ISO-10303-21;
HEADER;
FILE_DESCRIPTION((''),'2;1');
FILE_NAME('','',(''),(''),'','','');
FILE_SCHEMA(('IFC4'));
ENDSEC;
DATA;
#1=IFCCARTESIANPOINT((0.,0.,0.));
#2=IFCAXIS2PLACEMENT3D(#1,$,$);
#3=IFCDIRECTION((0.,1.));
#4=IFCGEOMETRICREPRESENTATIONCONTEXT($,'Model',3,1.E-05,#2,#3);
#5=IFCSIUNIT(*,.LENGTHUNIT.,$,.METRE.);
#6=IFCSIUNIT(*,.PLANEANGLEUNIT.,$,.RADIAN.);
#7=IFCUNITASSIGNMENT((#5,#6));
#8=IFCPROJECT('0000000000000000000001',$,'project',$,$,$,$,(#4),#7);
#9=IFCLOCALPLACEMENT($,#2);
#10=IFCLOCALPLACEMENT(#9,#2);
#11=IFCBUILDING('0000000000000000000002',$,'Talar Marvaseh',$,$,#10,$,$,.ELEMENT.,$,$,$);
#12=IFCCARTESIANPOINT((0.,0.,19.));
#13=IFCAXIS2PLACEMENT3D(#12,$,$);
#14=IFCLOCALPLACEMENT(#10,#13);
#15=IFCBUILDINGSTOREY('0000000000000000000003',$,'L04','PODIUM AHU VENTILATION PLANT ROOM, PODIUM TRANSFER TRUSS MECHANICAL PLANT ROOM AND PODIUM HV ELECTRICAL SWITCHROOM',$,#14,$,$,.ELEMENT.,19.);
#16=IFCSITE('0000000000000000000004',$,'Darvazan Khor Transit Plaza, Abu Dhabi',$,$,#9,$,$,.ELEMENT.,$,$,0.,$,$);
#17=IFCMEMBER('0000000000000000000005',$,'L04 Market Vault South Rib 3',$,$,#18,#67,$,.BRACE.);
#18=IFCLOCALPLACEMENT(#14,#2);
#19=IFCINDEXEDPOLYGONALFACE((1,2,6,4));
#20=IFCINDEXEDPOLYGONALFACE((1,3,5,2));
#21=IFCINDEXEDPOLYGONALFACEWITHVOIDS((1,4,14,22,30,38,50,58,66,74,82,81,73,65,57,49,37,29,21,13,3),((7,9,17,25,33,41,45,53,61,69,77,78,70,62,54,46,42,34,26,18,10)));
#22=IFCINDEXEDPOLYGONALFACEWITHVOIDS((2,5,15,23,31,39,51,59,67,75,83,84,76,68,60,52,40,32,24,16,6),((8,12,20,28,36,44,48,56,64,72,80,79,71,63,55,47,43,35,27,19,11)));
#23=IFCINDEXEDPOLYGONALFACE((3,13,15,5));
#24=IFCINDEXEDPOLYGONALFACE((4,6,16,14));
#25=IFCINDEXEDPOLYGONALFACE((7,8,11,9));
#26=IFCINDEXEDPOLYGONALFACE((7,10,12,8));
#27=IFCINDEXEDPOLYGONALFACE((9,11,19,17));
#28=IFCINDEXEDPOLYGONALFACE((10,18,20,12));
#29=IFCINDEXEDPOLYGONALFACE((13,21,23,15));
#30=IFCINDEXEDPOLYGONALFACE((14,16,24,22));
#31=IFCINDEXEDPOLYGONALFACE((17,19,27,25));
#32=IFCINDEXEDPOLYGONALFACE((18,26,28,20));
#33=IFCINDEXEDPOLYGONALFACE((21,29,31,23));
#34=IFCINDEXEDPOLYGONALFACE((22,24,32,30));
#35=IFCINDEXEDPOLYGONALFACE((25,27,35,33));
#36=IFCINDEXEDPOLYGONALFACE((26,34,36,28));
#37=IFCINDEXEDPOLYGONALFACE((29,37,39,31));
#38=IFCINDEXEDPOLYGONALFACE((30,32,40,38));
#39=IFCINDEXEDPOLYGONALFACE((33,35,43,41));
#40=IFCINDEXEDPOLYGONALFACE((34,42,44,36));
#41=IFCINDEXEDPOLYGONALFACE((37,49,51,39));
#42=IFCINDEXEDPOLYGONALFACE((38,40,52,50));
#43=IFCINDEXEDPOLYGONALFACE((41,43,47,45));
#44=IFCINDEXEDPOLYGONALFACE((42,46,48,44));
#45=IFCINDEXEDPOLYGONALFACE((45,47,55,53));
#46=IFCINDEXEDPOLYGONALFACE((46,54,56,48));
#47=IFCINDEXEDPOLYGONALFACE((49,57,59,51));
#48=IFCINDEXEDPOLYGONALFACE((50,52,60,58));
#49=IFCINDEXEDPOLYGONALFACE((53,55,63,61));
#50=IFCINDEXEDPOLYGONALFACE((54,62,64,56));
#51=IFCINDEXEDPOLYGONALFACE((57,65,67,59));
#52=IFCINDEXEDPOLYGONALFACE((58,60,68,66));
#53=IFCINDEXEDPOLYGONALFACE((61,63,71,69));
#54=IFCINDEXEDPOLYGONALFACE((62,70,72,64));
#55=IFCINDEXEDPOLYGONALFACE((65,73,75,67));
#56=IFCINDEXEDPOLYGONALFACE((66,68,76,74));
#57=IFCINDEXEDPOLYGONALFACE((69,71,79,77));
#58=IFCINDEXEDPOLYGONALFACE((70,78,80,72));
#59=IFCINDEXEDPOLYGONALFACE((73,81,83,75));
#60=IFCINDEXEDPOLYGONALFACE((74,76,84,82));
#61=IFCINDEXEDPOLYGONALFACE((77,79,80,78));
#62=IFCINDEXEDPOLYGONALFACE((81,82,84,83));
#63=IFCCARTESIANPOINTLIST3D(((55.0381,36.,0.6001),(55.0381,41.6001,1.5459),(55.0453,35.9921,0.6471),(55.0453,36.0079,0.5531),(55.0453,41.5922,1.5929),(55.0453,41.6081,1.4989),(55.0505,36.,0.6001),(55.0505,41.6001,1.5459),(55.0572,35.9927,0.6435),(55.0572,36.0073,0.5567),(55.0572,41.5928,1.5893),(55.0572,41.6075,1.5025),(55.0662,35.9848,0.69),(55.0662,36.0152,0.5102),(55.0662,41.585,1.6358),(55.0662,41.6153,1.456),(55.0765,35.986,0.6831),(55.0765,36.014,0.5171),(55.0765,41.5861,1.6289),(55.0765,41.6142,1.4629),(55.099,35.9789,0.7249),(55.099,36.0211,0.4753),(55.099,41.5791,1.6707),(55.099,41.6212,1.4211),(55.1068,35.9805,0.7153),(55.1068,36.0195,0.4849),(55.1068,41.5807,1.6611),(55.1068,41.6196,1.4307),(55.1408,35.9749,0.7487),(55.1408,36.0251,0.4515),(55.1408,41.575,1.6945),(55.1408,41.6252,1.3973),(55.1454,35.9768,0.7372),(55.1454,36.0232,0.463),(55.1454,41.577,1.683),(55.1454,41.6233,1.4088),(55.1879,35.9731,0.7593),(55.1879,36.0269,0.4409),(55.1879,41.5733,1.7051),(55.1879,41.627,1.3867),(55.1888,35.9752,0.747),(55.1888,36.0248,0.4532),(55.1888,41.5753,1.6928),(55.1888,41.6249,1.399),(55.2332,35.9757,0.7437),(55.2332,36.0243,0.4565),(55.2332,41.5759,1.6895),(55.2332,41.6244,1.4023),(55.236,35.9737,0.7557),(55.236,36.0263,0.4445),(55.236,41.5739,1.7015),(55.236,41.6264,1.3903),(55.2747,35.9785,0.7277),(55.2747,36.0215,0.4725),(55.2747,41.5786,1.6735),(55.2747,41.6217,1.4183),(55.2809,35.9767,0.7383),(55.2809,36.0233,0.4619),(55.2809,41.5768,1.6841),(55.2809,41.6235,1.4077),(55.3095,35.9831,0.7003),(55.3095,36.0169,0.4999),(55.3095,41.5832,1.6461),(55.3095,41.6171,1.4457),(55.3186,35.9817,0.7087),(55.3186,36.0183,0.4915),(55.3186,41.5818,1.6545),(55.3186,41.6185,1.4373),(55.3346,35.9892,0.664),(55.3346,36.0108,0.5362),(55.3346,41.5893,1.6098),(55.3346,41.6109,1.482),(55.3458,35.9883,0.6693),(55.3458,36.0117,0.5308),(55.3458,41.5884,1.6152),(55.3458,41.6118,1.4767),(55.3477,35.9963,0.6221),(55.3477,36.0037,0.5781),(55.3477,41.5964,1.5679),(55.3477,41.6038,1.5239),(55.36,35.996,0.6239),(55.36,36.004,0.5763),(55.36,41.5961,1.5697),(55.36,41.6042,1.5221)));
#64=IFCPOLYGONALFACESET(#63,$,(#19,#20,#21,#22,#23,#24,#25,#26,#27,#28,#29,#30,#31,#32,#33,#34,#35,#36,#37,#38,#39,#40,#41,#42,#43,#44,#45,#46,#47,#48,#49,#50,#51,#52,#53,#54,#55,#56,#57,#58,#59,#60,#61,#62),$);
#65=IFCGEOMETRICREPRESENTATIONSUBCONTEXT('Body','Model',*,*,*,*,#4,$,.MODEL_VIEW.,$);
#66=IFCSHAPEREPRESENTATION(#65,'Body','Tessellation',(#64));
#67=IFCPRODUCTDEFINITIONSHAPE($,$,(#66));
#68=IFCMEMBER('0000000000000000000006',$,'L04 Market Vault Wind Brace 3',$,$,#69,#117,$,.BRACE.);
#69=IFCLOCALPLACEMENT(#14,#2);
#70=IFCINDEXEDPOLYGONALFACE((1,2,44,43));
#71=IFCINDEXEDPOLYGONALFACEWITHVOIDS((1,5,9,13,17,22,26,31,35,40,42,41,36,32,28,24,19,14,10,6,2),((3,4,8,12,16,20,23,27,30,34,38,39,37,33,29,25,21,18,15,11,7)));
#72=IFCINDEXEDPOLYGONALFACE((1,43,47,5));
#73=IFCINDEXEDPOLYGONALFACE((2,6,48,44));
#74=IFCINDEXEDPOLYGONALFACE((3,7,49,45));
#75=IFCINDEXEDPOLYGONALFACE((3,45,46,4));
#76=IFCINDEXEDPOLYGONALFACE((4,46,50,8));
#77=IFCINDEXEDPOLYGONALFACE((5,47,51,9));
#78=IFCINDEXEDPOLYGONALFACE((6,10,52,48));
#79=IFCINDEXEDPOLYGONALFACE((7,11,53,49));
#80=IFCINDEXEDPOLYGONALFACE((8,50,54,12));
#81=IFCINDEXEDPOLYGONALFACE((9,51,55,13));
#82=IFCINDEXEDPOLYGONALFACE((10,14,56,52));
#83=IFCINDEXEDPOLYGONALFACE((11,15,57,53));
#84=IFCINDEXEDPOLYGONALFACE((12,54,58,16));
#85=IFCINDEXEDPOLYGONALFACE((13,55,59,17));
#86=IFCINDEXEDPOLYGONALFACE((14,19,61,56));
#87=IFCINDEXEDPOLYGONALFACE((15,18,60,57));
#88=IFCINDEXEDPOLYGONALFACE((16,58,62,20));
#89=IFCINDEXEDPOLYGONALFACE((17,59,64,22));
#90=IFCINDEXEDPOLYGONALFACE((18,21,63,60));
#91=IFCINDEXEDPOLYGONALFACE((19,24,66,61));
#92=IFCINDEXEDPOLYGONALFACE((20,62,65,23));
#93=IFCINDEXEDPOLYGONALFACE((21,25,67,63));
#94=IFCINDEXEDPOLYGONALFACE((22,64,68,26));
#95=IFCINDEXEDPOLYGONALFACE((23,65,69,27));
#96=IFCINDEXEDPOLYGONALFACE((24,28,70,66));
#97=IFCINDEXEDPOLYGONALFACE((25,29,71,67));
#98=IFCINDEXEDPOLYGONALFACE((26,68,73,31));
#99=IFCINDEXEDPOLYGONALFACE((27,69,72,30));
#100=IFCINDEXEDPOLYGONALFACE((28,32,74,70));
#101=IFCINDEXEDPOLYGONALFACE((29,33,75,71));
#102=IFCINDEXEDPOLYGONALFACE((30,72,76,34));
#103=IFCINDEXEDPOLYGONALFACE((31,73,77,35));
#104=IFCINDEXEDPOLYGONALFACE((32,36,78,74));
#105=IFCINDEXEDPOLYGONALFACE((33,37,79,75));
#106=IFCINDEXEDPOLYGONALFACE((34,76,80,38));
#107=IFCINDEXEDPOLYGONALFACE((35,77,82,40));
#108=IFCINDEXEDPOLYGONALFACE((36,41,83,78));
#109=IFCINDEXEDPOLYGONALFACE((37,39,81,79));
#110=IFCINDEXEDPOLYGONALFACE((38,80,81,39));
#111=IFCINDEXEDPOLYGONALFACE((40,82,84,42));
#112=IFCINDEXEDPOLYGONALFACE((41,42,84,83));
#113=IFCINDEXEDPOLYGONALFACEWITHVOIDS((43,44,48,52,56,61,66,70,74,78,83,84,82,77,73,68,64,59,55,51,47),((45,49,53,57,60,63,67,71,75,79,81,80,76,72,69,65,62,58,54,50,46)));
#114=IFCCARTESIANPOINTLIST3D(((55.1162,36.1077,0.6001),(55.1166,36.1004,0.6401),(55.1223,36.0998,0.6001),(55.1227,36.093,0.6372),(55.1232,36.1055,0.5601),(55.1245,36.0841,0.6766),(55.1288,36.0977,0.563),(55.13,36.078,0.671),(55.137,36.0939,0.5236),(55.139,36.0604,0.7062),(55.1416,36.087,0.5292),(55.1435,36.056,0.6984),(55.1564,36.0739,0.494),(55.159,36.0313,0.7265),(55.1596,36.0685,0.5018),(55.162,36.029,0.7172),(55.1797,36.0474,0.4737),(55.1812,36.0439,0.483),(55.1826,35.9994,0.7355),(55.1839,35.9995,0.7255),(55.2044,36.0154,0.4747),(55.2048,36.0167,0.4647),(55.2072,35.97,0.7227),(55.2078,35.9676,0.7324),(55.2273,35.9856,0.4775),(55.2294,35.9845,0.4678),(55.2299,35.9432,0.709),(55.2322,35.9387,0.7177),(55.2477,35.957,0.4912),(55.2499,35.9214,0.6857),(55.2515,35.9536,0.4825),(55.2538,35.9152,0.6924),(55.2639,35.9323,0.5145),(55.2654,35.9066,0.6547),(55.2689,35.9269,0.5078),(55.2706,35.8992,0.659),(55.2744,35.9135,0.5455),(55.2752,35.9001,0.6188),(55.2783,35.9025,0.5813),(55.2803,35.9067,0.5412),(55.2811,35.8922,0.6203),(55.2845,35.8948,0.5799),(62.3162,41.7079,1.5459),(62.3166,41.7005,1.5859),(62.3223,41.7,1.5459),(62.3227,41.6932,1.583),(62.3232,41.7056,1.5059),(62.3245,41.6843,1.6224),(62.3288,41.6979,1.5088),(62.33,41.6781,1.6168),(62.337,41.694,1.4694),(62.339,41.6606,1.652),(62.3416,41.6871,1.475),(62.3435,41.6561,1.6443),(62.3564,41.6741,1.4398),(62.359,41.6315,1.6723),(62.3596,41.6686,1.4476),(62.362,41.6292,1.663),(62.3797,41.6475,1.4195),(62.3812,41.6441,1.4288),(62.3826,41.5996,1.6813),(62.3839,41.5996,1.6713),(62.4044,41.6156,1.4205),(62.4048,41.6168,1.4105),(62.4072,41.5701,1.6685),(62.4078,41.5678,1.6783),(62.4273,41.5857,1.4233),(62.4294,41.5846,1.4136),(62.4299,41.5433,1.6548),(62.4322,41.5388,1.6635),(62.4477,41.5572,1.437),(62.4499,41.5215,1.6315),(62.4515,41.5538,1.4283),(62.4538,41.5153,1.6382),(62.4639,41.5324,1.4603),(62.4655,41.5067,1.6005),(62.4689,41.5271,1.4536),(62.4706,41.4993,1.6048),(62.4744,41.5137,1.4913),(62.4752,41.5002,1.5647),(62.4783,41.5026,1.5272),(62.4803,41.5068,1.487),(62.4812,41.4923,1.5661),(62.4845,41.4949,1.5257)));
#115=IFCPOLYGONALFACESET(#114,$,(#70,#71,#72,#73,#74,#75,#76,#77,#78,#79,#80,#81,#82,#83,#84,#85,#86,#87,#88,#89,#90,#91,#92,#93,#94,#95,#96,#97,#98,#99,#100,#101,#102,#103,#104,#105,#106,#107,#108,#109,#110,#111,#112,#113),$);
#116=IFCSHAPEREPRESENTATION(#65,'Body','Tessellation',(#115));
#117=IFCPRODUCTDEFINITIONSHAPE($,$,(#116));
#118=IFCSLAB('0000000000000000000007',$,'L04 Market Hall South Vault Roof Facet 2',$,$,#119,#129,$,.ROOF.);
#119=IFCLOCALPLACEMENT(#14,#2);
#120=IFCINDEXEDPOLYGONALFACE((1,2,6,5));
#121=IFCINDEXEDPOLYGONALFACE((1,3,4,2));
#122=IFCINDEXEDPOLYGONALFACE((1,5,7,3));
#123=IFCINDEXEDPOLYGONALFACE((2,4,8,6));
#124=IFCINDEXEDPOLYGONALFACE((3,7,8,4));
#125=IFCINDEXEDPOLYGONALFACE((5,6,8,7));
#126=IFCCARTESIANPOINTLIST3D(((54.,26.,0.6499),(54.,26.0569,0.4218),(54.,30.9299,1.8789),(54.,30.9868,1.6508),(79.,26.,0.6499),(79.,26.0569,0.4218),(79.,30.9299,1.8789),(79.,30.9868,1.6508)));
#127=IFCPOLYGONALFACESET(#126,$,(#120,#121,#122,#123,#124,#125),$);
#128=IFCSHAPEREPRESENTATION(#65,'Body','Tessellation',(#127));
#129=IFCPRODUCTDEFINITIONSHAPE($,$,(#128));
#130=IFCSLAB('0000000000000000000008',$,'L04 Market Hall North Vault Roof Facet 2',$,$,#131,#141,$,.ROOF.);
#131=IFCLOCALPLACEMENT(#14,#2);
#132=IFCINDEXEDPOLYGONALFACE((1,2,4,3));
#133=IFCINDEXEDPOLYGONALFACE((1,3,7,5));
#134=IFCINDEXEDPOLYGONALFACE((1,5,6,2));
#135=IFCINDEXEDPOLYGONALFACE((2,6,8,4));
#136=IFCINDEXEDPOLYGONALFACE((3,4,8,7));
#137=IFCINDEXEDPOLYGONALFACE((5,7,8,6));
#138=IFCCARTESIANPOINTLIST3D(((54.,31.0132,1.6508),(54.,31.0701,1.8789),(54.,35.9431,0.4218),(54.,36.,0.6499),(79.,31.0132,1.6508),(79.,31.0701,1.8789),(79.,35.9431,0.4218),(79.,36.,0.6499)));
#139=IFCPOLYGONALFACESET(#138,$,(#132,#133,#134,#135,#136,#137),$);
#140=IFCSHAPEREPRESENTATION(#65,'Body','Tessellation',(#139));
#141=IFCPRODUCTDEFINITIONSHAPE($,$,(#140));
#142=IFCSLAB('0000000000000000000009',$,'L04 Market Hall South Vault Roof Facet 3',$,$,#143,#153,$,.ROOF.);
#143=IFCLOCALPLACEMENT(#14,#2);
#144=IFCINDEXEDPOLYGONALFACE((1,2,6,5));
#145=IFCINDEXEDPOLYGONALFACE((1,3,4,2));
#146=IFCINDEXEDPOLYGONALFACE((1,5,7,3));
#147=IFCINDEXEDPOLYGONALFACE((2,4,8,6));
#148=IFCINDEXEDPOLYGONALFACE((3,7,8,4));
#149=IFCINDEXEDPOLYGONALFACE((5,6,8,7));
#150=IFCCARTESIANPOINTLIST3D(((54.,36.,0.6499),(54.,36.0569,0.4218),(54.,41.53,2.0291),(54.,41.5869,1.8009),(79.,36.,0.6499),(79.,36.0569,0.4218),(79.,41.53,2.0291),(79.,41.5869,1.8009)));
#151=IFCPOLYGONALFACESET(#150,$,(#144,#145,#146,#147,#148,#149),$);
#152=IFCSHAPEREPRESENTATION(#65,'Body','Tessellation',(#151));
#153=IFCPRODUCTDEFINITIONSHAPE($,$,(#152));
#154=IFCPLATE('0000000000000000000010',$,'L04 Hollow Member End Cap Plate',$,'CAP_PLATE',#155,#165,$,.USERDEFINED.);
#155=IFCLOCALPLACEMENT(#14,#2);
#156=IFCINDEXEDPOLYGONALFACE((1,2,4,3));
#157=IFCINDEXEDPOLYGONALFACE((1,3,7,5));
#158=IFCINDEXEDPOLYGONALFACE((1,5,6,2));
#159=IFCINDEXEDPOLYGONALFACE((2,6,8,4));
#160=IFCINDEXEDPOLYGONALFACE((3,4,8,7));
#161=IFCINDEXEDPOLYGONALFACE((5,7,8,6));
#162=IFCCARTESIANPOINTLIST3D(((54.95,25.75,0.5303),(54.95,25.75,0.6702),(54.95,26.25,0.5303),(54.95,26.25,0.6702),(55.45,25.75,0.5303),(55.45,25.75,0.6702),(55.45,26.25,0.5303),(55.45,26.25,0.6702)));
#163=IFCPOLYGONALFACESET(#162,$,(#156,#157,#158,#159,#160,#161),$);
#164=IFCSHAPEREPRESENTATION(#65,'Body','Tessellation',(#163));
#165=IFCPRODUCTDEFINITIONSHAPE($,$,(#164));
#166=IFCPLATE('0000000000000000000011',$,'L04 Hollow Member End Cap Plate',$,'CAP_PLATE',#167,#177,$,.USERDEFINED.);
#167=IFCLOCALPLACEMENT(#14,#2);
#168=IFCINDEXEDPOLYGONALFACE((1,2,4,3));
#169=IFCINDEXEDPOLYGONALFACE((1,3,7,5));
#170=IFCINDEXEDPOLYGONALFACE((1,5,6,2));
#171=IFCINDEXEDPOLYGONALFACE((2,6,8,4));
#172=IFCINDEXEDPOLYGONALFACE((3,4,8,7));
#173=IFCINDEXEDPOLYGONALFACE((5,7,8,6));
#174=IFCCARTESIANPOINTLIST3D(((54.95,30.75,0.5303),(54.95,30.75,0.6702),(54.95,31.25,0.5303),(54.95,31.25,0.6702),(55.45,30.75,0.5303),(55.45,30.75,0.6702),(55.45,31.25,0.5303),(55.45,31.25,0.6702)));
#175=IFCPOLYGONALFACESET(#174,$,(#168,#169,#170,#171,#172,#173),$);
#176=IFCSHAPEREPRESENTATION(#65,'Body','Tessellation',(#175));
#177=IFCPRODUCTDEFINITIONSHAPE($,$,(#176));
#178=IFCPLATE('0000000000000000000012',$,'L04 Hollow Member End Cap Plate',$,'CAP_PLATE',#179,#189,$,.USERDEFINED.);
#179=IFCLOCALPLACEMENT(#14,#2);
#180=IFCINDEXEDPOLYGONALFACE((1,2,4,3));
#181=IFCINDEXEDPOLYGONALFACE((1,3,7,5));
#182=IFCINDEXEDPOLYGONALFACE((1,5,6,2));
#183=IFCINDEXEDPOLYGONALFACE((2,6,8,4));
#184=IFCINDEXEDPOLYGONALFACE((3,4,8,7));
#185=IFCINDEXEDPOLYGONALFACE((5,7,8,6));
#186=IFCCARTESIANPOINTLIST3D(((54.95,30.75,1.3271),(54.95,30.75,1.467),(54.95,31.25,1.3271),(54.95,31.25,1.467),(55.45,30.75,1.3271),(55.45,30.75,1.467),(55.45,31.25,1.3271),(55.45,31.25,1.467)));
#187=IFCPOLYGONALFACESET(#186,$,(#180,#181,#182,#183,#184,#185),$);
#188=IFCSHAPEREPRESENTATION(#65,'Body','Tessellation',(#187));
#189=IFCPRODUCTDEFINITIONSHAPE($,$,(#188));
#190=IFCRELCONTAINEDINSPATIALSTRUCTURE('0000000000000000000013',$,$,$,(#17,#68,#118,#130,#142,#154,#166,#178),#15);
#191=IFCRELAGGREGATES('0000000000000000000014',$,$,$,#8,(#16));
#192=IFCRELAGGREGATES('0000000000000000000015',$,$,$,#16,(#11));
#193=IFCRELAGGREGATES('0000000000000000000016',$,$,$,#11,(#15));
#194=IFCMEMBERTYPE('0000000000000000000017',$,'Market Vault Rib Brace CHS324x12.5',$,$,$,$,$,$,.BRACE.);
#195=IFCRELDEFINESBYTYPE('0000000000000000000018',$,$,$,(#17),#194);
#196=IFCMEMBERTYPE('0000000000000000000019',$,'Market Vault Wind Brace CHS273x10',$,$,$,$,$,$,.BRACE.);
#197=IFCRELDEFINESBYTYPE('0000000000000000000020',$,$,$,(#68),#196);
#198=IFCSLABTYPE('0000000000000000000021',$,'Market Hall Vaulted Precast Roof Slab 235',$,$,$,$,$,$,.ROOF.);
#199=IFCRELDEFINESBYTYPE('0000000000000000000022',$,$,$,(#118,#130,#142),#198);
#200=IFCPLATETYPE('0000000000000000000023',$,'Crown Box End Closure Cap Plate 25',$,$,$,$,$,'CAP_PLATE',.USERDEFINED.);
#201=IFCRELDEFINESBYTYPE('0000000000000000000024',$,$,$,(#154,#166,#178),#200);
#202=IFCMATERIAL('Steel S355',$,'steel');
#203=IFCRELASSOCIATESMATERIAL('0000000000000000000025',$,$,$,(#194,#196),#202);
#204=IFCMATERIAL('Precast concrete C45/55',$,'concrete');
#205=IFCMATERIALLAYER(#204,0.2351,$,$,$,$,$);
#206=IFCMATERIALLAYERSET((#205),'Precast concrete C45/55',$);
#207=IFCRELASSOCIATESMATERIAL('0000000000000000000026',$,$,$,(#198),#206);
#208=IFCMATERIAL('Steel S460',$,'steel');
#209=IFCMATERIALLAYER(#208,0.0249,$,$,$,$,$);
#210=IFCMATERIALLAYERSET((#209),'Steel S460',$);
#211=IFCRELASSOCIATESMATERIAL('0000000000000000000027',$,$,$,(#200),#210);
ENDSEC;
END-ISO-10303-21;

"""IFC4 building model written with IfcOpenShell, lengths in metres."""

from ifc_helpers import new_model, si_unit, direction, frame, origin, origin_2d, place, context, subcontext, project, spatial, polyline, rectangle, hollow_circle, outline, extrude, source, transform, mapped, material, layer, layer_set, material_profile, profile_set, type_object, type_shapes, element, save


model = new_model("IFC4")

# Units and contexts
model_context = context("Model", 3, precision=1e-05, world=origin(), true_north=direction((0.0, 1.0)))
body_context = subcontext(model_context, "Body", "Model", "MODEL_VIEW")
ifc_project = project(units=[si_unit("LENGTHUNIT", "METRE"), si_unit("PLANEANGLEUNIT", "RADIAN")], contexts=[model_context])

# Site, building, storey
site_placement = place(None, origin())
site = spatial("IfcSite", under=ifc_project, at=site_placement, Name="Darvazan Khor Transit Plaza, Abu Dhabi", CompositionType="ELEMENT", RefElevation=0.0)
building_placement = place(site_placement, origin())
building = spatial("IfcBuilding", under=site, at=building_placement, Name="Talar Marvaseh", CompositionType="ELEMENT")
storey_placement = place(building_placement, frame((0.0, 0.0, 19.0)))
storey = spatial("IfcBuildingStorey", under=building, at=storey_placement, Name="L04", Description="PODIUM AHU VENTILATION PLANT ROOM, PODIUM TRANSFER TRUSS MECHANICAL PLANT ROOM AND PODIUM HV ELECTRICAL SWITCHROOM", CompositionType="ELEMENT", Elevation=19.0)

# Shared definitions
ifc_material_1 = material(Name="Steel S355", Category="steel")
ifc_material_2 = material(Name="Steel S460", Category="steel")

# Members
ifc_material_profile_1 = material_profile(ifc_material_1, hollow_circle(Radius=0.1619, WallThickness=0.0125, at=origin_2d()), Name="CHS324x12.5")
ifc_profile_set_1 = profile_set([ifc_material_profile_1], Name="Steel S355")
member_type_1 = type_object("IfcMemberType", Name="Market Vault Rib Brace CHS324x12.5", PredefinedType="BRACE", material=ifc_profile_set_1)
ifc_material_profile_2 = material_profile(ifc_material_1, hollow_circle(Radius=0.1365, WallThickness=0.01, at=origin_2d()), Name="CHS273x10")
ifc_profile_set_2 = profile_set([ifc_material_profile_2], Name="Steel S355")
member_type_2 = type_object("IfcMemberType", Name="Market Vault Wind Brace CHS273x10", PredefinedType="BRACE", material=ifc_profile_set_2)
shared_shape_1 = source(origin(), body_context, "Body", "SweptSolid", [
    extrude(hollow_circle(Radius=0.1619, WallThickness=0.0125, at=origin_2d()), origin(), (0.0, 0.0, 1.0), 5.6794),
])
member_1_placement = place(storey_placement, frame((55.2, 36.0, 0.6001), z_axis=(0.0, 0.986036, 0.166532), x_axis=(-1.0, 0.0, 0.0)))
element("IfcMember", 1, at=member_1_placement, inside=storey, type_object=member_type_1, Name="L04 Market Vault South Rib 3", PredefinedType="BRACE", context=body_context, shape_type="MappedRepresentation", body=[
    mapped(shared_shape_1, transform((0.0, 0.0, 0.0), x_axis=(1.0, 0.0, 0.0), y_axis=(0.0, 1.0, 0.0), z_axis=(0.0, 0.0, 1.0), scale=1.0)),
])
shared_shape_2 = source(origin(), body_context, "Body", "SweptSolid", [
    extrude(hollow_circle(Radius=0.1365, WallThickness=0.01, at=origin_2d()), origin(), (0.0, 0.0, 1.0), 9.1704),
])
member_2_placement = place(storey_placement, frame((55.2, 36.0, 0.6001), z_axis=(0.785136, 0.610676, 0.103137), x_axis=(-0.61395, 0.789345, 0.0)))
element("IfcMember", 2, at=member_2_placement, inside=storey, type_object=member_type_2, Name="L04 Market Vault Wind Brace 3", PredefinedType="BRACE", context=body_context, shape_type="MappedRepresentation", body=[
    mapped(shared_shape_2, transform((0.0, 0.0, 0.0), x_axis=(1.0, 0.0, 0.0), y_axis=(0.0, 1.0, 0.0), z_axis=(0.0, 0.0, 1.0), scale=1.0)),
])

# Slabs
ifc_material_3 = material(Name="Precast concrete C45/55", Category="concrete")
ifc_layer_1 = layer(ifc_material_3, 0.2351)
ifc_layer_set_1 = layer_set([ifc_layer_1], Name="Precast concrete C45/55")
slab_type = type_object("IfcSlabType", Name="Market Hall Vaulted Precast Roof Slab 235", PredefinedType="ROOF", material=ifc_layer_set_1)
for number, where, z_axis, x_axis, name in (
    (3, (54.0, 26.0, 0.6499), (0.0, -0.241891, 0.970303), (1.0, 0.0, 0.0), "L04 Market Hall South Vault Roof Facet 2"),
    (4, (54.0, 31.0701, 1.8789), (0.0, 0.241891, 0.970303), (1.0, 0.0, 0.0), "L04 Market Hall North Vault Roof Facet 2"),
):
    element("IfcSlab", number, at=place(storey_placement, frame(where, z_axis=z_axis, x_axis=x_axis)), inside=storey, type_object=slab_type, Name=name, PredefinedType="ROOF", context=body_context, shape_type="SweptSolid", body=[
        extrude(outline(polyline([(0.0, 0.0), (25.0, 0.0), (25.0, 5.0808), (0.0, 5.0808), (0.0, 0.0)])), origin(), (0.0, 0.0, -1.0), 0.2351),
    ])
slab_placement = place(storey_placement, frame((54.0, 36.0, 0.6499), z_axis=(0.0, -0.241981, 0.970281), x_axis=(1.0, 0.0, 0.0)))
element("IfcSlab", 5, at=slab_placement, inside=storey, type_object=slab_type, Name="L04 Market Hall South Vault Roof Facet 3", PredefinedType="ROOF", context=body_context, shape_type="SweptSolid", body=[
    extrude(outline(polyline([(0.0, 0.0), (25.0, 0.0), (25.0, 5.6994), (0.0, 5.6994), (0.0, 0.0)])), origin(), (0.0, 0.0, -1.0), 0.2351),
])

# Plates
ifc_layer_2 = layer(ifc_material_2, 0.0249)
ifc_layer_set_2 = layer_set([ifc_layer_2], Name="Steel S460")
plate_type_1 = type_object("IfcPlateType", Name="Crown Box End Closure Cap Plate 25", ElementType="CAP_PLATE", PredefinedType="USERDEFINED", material=ifc_layer_set_2)
shared_shape_3 = source(origin(), body_context, "Body", "SweptSolid", [
    extrude(rectangle(XDim=0.5, YDim=0.5, at=origin_2d()), origin(), (0.0, 0.0, 1.0), 0.1399),
])
type_shapes(plate_type_1, [shared_shape_3])
for number, where, z_axis, x_axis, name in (
    (6, (55.2, 26.0, 0.5303), (0.0, 0.0, 1.0), (0.0, 1.0, 0.0), "L04 Hollow Member End Cap Plate"),
    (7, (55.2, 31.0, 0.5303), (0.0, 0.0, 1.0), (1.0, 0.0, 0.0), "L04 Hollow Member End Cap Plate"),
    (8, (55.2, 31.0, 1.3271), (0.0, 0.0, 1.0), (1.0, 0.0, 0.0), "L04 Hollow Member End Cap Plate"),
):
    element("IfcPlate", number, at=place(storey_placement, frame(where, z_axis=z_axis, x_axis=x_axis)), inside=storey, type_object=plate_type_1, Name=name, ObjectType="CAP_PLATE", PredefinedType="USERDEFINED", context=body_context, shape_type="MappedRepresentation", body=[
        mapped(shared_shape_3, transform((0.0, 0.0, 0.0), x_axis=(1.0, 0.0, 0.0), y_axis=(0.0, 1.0, 0.0), z_axis=(0.0, 0.0, 1.0), scale=1.0)),
    ])

save(model, "model.ifc")
